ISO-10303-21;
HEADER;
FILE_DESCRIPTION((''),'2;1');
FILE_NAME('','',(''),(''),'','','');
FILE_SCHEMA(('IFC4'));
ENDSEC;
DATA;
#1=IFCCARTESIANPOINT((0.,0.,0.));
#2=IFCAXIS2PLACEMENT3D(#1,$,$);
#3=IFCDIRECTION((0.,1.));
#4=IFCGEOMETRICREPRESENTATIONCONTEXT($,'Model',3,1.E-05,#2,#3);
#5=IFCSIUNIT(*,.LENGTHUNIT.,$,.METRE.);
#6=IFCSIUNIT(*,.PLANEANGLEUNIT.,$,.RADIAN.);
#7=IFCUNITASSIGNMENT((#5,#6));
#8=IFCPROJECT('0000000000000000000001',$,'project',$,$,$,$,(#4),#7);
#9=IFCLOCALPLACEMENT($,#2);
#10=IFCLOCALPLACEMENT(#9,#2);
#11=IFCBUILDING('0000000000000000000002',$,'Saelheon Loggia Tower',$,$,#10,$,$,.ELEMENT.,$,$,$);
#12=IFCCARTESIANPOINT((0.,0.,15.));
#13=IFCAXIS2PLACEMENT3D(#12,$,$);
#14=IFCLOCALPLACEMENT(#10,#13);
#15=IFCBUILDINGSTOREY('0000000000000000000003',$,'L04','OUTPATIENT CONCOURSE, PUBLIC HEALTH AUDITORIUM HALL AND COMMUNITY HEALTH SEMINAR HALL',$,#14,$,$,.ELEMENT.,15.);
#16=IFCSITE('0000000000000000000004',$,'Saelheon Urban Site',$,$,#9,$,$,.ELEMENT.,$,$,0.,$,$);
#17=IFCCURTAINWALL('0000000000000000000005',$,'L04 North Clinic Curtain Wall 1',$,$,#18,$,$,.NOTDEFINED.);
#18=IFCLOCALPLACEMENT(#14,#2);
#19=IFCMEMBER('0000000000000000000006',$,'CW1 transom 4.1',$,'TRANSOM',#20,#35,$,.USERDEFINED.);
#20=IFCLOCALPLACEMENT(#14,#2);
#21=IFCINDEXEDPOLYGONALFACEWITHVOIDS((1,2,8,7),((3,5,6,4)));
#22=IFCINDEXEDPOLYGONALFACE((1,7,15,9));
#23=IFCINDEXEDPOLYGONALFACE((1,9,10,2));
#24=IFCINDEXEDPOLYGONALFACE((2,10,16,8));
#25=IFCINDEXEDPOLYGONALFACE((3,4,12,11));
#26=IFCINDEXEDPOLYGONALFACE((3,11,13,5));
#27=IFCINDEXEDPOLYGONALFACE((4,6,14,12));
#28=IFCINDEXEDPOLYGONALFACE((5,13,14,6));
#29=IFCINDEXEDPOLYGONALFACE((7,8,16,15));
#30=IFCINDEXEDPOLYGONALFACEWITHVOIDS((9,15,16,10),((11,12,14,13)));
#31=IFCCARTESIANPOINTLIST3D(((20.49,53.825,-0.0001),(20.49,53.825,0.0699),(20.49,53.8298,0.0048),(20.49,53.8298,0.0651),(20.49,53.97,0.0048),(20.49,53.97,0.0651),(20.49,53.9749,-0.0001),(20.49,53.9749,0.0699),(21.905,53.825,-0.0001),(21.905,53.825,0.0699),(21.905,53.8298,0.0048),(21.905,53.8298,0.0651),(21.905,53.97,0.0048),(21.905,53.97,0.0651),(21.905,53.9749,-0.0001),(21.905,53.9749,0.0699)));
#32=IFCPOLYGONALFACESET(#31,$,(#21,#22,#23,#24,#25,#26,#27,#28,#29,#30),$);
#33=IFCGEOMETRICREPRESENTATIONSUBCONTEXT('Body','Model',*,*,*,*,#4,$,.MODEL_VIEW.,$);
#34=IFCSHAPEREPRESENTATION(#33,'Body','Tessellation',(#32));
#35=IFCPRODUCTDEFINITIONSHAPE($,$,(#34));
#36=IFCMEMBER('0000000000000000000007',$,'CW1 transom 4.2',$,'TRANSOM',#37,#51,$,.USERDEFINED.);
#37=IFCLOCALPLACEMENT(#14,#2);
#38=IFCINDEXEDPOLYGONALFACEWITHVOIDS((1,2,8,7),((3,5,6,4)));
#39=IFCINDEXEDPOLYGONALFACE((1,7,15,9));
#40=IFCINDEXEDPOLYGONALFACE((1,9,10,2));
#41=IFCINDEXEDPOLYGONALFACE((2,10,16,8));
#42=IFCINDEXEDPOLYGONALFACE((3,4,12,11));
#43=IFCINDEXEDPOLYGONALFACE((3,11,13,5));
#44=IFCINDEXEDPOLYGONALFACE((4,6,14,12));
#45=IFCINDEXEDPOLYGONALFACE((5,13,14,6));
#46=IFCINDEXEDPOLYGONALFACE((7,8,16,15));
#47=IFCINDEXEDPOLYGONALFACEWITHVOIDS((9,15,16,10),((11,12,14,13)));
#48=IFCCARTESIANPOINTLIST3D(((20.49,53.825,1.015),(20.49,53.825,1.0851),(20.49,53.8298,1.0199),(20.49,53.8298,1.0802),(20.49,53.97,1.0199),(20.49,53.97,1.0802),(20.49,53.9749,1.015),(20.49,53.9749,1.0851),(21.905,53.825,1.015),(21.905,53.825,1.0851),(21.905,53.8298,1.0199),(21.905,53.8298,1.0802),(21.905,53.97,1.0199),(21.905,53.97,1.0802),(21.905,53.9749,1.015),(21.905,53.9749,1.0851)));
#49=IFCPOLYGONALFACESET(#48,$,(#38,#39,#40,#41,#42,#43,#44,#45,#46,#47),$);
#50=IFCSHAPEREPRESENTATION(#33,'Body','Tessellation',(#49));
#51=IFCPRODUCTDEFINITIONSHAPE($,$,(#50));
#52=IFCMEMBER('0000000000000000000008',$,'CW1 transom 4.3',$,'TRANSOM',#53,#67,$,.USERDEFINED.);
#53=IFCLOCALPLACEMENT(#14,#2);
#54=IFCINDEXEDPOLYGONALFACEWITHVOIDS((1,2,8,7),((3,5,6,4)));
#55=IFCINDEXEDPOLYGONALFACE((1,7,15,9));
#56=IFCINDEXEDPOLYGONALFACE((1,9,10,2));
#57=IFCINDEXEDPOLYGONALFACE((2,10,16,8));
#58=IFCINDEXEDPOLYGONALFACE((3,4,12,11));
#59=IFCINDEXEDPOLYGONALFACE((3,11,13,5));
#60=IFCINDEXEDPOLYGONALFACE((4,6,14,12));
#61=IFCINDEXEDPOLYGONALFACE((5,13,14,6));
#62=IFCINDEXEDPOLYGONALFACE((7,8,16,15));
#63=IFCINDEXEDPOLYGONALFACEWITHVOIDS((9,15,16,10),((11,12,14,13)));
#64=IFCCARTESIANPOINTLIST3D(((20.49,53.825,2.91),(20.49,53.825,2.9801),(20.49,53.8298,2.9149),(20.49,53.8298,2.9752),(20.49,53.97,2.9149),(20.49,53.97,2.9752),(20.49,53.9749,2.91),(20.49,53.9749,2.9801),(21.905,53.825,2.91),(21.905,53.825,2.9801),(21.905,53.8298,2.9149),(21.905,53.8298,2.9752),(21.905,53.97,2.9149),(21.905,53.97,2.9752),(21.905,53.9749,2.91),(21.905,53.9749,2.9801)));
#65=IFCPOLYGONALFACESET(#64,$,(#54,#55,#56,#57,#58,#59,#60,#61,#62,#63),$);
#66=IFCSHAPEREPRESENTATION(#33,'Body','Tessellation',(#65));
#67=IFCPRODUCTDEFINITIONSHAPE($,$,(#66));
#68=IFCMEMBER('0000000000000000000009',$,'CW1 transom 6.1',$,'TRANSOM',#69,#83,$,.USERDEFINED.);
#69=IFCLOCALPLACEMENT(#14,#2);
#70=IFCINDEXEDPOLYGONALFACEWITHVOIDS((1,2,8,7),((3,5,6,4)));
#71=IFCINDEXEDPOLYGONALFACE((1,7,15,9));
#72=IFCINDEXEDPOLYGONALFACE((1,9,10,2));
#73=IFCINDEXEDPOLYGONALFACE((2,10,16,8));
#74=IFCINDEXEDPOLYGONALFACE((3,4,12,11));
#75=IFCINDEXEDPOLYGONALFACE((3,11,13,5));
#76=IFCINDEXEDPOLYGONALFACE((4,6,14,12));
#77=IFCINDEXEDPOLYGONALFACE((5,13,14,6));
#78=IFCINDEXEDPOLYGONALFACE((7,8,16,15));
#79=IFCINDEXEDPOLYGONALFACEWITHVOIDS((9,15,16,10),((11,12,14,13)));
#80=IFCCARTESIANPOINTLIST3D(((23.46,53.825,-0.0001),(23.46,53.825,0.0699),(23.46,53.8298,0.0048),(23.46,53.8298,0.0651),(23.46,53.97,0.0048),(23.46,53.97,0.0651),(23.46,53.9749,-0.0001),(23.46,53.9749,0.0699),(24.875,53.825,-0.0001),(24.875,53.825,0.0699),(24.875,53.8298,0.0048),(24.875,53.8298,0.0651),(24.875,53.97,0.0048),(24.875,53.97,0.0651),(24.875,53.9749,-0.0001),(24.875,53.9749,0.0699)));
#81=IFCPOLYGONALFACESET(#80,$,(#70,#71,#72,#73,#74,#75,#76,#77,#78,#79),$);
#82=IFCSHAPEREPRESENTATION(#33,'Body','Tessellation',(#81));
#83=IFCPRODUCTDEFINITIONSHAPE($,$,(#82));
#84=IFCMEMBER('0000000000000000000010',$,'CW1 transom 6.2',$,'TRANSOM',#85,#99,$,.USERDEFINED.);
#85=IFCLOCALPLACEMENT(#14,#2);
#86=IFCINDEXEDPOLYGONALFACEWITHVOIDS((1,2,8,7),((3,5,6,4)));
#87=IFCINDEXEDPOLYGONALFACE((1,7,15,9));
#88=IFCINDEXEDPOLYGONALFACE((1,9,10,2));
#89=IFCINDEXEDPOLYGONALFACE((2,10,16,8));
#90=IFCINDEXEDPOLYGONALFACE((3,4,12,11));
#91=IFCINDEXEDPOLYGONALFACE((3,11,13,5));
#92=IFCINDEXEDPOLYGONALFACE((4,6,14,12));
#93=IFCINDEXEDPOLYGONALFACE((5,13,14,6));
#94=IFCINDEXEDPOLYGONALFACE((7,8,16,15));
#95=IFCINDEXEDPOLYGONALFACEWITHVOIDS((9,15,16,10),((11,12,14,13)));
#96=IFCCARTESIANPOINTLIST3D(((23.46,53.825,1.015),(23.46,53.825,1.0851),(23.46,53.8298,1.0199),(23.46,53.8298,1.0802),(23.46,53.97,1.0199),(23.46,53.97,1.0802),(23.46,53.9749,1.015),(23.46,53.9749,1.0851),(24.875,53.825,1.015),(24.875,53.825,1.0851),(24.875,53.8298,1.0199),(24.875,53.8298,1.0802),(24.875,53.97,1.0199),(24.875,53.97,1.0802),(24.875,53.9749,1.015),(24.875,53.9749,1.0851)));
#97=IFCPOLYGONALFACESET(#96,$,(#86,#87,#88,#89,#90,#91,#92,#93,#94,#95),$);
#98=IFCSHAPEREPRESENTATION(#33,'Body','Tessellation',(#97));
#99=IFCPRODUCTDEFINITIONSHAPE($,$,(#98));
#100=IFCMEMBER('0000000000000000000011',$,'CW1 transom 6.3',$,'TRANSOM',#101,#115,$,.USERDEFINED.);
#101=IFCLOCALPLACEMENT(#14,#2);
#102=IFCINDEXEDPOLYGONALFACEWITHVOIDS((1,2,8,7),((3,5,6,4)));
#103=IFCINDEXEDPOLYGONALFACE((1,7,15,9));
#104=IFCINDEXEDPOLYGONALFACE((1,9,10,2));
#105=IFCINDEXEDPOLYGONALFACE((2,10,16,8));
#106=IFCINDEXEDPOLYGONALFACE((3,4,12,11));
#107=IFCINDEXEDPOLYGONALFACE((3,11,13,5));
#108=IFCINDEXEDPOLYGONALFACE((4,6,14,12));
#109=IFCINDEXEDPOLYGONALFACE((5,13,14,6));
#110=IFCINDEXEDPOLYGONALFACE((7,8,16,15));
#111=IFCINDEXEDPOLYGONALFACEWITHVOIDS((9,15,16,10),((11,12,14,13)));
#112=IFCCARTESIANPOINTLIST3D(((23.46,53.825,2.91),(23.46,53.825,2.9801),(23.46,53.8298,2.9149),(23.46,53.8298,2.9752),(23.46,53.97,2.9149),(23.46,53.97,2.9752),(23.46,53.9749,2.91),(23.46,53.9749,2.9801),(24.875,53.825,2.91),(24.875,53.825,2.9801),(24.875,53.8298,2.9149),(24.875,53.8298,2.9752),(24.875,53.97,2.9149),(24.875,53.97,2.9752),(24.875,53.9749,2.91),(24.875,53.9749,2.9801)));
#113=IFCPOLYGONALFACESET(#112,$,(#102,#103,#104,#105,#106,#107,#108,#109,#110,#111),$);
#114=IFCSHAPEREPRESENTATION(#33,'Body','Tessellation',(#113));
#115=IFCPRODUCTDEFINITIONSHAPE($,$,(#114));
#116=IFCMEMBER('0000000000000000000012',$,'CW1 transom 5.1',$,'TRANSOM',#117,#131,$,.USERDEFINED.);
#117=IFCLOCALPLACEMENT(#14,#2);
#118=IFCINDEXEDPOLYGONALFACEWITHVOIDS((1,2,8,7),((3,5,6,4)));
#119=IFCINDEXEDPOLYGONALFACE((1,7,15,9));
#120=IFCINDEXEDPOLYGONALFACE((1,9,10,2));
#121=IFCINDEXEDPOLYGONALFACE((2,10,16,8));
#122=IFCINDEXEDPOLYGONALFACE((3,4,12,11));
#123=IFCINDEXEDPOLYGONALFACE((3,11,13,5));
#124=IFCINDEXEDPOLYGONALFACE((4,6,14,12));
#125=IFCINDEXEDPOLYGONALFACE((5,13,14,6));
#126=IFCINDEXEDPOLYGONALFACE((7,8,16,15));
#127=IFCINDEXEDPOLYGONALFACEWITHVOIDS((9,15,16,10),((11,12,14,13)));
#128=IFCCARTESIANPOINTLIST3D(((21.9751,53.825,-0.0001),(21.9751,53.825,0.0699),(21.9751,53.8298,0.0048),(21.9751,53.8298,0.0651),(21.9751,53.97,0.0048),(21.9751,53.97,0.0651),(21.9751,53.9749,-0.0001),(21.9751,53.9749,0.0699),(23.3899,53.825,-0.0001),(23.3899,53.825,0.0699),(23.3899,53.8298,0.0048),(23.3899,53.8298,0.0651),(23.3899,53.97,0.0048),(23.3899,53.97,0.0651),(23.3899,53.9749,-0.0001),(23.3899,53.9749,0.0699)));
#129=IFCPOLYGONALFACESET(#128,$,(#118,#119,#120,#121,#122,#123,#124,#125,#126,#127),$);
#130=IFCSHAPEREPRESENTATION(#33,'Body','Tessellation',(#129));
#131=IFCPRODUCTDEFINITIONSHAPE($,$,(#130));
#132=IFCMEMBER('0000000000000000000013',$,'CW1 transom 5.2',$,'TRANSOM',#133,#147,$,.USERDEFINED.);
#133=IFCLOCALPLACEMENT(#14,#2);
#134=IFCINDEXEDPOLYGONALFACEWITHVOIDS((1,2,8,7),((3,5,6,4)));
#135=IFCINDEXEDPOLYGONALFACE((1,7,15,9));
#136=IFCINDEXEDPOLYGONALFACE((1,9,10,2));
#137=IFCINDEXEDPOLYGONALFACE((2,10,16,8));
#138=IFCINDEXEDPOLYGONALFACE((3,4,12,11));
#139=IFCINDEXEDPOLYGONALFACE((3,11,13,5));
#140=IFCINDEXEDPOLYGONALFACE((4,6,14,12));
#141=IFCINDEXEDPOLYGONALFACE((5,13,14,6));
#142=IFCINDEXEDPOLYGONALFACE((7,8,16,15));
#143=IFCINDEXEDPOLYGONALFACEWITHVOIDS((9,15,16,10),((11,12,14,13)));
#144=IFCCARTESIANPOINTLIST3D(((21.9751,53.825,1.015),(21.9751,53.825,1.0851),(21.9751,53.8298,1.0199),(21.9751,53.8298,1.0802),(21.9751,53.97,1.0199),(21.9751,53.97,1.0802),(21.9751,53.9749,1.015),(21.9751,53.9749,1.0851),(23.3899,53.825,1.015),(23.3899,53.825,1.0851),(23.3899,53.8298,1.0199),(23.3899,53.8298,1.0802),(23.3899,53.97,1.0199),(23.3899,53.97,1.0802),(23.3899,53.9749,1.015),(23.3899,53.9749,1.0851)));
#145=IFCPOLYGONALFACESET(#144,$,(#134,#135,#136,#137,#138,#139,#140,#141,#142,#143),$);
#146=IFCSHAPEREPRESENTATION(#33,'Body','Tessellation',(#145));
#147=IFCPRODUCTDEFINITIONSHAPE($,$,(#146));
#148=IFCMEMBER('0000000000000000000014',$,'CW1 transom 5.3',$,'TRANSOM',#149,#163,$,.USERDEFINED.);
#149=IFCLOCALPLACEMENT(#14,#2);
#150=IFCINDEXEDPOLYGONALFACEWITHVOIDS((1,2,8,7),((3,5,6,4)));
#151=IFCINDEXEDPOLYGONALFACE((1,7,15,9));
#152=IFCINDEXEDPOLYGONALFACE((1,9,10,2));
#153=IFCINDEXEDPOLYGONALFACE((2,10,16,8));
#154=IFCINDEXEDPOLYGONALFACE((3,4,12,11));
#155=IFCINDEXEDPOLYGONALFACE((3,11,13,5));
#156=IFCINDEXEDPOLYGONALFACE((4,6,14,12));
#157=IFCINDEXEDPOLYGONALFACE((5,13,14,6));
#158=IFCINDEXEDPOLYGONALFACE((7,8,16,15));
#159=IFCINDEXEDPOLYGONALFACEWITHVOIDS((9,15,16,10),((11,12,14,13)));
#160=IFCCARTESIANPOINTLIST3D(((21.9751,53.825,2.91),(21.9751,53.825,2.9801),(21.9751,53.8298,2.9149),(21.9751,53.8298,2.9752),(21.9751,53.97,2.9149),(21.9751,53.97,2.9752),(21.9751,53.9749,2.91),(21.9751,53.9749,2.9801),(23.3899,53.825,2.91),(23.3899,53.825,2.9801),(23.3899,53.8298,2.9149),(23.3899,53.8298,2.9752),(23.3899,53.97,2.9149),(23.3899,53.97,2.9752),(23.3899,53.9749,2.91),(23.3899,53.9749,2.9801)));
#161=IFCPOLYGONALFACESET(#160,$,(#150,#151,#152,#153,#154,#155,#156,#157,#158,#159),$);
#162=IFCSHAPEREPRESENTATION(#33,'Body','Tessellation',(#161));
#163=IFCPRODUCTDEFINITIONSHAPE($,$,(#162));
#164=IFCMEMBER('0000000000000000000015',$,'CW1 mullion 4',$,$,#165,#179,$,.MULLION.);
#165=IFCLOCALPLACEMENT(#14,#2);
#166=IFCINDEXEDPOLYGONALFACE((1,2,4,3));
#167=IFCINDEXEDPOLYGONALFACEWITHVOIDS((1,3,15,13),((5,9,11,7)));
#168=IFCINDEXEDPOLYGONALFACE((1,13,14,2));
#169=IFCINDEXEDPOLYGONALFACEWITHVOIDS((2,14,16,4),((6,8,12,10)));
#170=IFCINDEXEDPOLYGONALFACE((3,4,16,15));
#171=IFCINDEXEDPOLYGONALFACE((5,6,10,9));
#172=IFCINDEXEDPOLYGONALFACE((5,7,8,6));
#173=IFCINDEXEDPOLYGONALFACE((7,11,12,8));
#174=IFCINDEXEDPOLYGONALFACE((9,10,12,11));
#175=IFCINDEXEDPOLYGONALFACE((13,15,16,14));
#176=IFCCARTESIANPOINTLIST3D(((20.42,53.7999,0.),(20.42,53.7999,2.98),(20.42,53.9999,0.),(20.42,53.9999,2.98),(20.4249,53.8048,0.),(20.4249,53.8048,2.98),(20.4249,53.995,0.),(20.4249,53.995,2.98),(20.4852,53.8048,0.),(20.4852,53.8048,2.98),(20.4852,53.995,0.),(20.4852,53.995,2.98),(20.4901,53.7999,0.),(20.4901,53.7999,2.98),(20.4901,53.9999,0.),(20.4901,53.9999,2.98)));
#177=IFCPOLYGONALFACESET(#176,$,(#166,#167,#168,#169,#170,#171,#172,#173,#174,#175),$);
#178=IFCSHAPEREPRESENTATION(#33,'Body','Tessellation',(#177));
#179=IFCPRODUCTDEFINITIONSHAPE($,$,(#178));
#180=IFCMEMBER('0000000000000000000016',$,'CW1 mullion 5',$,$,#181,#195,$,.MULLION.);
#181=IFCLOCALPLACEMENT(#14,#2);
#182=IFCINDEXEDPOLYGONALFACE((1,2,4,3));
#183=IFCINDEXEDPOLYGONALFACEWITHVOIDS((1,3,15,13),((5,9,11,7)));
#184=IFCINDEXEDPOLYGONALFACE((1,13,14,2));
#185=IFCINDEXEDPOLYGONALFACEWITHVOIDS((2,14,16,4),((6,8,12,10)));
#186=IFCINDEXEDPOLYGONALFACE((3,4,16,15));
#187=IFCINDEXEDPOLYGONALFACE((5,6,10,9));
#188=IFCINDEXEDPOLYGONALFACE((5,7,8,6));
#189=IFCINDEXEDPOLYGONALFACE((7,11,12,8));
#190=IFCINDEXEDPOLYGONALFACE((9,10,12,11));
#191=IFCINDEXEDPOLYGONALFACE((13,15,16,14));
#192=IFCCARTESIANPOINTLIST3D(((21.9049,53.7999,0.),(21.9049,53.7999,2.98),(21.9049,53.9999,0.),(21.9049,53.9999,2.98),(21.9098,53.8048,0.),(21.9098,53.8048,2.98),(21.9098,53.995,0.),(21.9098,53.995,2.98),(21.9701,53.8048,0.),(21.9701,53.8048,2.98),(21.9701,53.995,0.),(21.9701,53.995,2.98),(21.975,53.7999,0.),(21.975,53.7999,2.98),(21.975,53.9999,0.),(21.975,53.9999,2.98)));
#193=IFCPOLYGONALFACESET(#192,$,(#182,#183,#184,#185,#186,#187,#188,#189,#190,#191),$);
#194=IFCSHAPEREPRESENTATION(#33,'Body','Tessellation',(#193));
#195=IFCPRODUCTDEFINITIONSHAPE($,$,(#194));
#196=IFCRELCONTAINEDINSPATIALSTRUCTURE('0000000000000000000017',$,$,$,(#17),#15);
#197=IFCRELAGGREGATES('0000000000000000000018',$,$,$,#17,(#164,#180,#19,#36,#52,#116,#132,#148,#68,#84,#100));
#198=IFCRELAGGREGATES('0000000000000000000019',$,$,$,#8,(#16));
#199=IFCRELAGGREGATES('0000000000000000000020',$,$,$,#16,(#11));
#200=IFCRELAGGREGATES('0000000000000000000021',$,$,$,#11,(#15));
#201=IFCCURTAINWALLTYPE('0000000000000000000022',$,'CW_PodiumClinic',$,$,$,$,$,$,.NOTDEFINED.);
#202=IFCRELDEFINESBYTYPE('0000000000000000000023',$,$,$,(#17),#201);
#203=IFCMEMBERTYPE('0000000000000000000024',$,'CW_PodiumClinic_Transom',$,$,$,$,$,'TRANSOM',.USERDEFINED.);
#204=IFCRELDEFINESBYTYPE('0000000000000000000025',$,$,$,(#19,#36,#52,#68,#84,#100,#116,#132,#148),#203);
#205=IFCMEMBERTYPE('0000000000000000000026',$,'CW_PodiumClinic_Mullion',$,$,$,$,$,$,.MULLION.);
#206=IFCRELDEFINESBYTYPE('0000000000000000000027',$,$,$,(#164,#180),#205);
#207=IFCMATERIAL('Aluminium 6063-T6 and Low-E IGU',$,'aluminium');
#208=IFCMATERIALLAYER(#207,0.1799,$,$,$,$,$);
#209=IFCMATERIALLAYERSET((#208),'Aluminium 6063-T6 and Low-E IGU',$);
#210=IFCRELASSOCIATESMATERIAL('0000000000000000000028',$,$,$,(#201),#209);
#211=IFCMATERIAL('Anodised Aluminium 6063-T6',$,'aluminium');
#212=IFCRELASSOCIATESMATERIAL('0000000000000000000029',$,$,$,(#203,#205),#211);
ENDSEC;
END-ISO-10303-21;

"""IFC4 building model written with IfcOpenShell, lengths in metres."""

from ifc_helpers import new_model, si_unit, direction, frame, origin, origin_2d, place, context, subcontext, project, spatial, hollow_rectangle, extrude, source, transform, mapped, material, layer, layer_set, material_profile, profile_set, type_object, element, aggregate, save


model = new_model("IFC4")

# Units and contexts
model_context = context("Model", 3, precision=1e-05, world=origin(), true_north=direction((0.0, 1.0)))
body_context = subcontext(model_context, "Body", "Model", "MODEL_VIEW")
ifc_project = project(units=[si_unit("LENGTHUNIT", "METRE"), si_unit("PLANEANGLEUNIT", "RADIAN")], contexts=[model_context])

# Site, building, storey
site_placement = place(None, origin())
site = spatial("IfcSite", under=ifc_project, at=site_placement, Name="Saelheon Urban Site", CompositionType="ELEMENT", RefElevation=0.0)
building_placement = place(site_placement, origin())
building = spatial("IfcBuilding", under=site, at=building_placement, Name="Saelheon Loggia Tower", CompositionType="ELEMENT")
storey_placement = place(building_placement, frame((0.0, 0.0, 15.0)))
storey = spatial("IfcBuildingStorey", under=building, at=storey_placement, Name="L04", Description="OUTPATIENT CONCOURSE, PUBLIC HEALTH AUDITORIUM HALL AND COMMUNITY HEALTH SEMINAR HALL", CompositionType="ELEMENT", Elevation=15.0)

# Curtain wall, members
ifc_material_1 = material(Name="Aluminium 6063-T6 and Low-E IGU", Category="aluminium")
ifc_layer_1 = layer(ifc_material_1, 0.1799)
ifc_layer_set_1 = layer_set([ifc_layer_1], Name="Aluminium 6063-T6 and Low-E IGU")
curtain_wall_type = type_object("IfcCurtainWallType", Name="CW_PodiumClinic", PredefinedType="NOTDEFINED", material=ifc_layer_set_1)
curtain_wall_placement = place(storey_placement, origin())
curtain_wall = element("IfcCurtainWall", 1, at=curtain_wall_placement, inside=storey, type_object=curtain_wall_type, Name="L04 North Clinic Curtain Wall 1", PredefinedType="NOTDEFINED")
ifc_material_2 = material(Name="Anodised Aluminium 6063-T6", Category="aluminium")
ifc_material_profile_1 = material_profile(ifc_material_2, hollow_rectangle(XDim=0.0701, YDim=0.1499, WallThickness=0.0049, at=origin_2d()), Name="RHS-150x70x5")
ifc_profile_set_1 = profile_set([ifc_material_profile_1], Name="Anodised Aluminium 6063-T6")
member_type_1 = type_object("IfcMemberType", Name="CW_PodiumClinic_Transom", ElementType="TRANSOM", PredefinedType="USERDEFINED", material=ifc_profile_set_1)
shared_shape_1 = source(origin(), body_context, "Body", "SweptSolid", [
    extrude(hollow_rectangle(XDim=0.0701, YDim=0.1499, WallThickness=0.0049, at=origin_2d()), origin(), (0.0, 0.0, 1.0), 1.415),
])
member_1_placement = place(storey_placement, frame((20.49, 53.8999, 0.0349), z_axis=(1.0, 0.0, 0.0), x_axis=(0.0, 0.0, 1.0)))
member_1 = element("IfcMember", 2, at=member_1_placement, type_object=member_type_1, Name="CW1 transom 4.1", ObjectType="TRANSOM", PredefinedType="USERDEFINED", context=body_context, shape_type="MappedRepresentation", body=[
    mapped(shared_shape_1, transform((0.0, 0.0, 0.0), scale=1.0)),
])
member_2_placement = place(storey_placement, frame((20.49, 53.8999, 1.05), z_axis=(1.0, 0.0, 0.0), x_axis=(0.0, 0.0, 1.0)))
member_2 = element("IfcMember", 3, at=member_2_placement, type_object=member_type_1, Name="CW1 transom 4.2", ObjectType="TRANSOM", PredefinedType="USERDEFINED", context=body_context, shape_type="MappedRepresentation", body=[
    mapped(shared_shape_1, transform((0.0, 0.0, 0.0), scale=1.0)),
])
member_3_placement = place(storey_placement, frame((20.49, 53.8999, 2.9451), z_axis=(1.0, 0.0, 0.0), x_axis=(0.0, 0.0, 1.0)))
member_3 = element("IfcMember", 4, at=member_3_placement, type_object=member_type_1, Name="CW1 transom 4.3", ObjectType="TRANSOM", PredefinedType="USERDEFINED", context=body_context, shape_type="MappedRepresentation", body=[
    mapped(shared_shape_1, transform((0.0, 0.0, 0.0), scale=1.0)),
])
member_4_placement = place(storey_placement, frame((23.46, 53.8999, 0.0349), z_axis=(1.0, 0.0, 0.0), x_axis=(0.0, 0.0, 1.0)))
member_4 = element("IfcMember", 5, at=member_4_placement, type_object=member_type_1, Name="CW1 transom 6.1", ObjectType="TRANSOM", PredefinedType="USERDEFINED", context=body_context, shape_type="MappedRepresentation", body=[
    mapped(shared_shape_1, transform((0.0, 0.0, 0.0), scale=1.0)),
])
member_5_placement = place(storey_placement, frame((23.46, 53.8999, 1.05), z_axis=(1.0, 0.0, 0.0), x_axis=(0.0, 0.0, 1.0)))
member_5 = element("IfcMember", 6, at=member_5_placement, type_object=member_type_1, Name="CW1 transom 6.2", ObjectType="TRANSOM", PredefinedType="USERDEFINED", context=body_context, shape_type="MappedRepresentation", body=[
    mapped(shared_shape_1, transform((0.0, 0.0, 0.0), scale=1.0)),
])
member_6_placement = place(storey_placement, frame((23.46, 53.8999, 2.9451), z_axis=(1.0, 0.0, 0.0), x_axis=(0.0, 0.0, 1.0)))
member_6 = element("IfcMember", 7, at=member_6_placement, type_object=member_type_1, Name="CW1 transom 6.3", ObjectType="TRANSOM", PredefinedType="USERDEFINED", context=body_context, shape_type="MappedRepresentation", body=[
    mapped(shared_shape_1, transform((0.0, 0.0, 0.0), scale=1.0)),
])
shared_shape_2 = source(origin(), body_context, "Body", "SweptSolid", [
    extrude(hollow_rectangle(XDim=0.0701, YDim=0.1499, WallThickness=0.0049, at=origin_2d()), origin(), (0.0, 0.0, 1.0), 1.4148),
])
member_7_placement = place(storey_placement, frame((21.9751, 53.8999, 0.0349), z_axis=(1.0, 0.0, 0.0), x_axis=(0.0, 0.0, 1.0)))
member_7 = element("IfcMember", 8, at=member_7_placement, type_object=member_type_1, Name="CW1 transom 5.1", ObjectType="TRANSOM", PredefinedType="USERDEFINED", context=body_context, shape_type="MappedRepresentation", body=[
    mapped(shared_shape_2, transform((0.0, 0.0, 0.0), scale=1.0)),
])
member_8_placement = place(storey_placement, frame((21.9751, 53.8999, 1.05), z_axis=(1.0, 0.0, 0.0), x_axis=(0.0, 0.0, 1.0)))
member_8 = element("IfcMember", 9, at=member_8_placement, type_object=member_type_1, Name="CW1 transom 5.2", ObjectType="TRANSOM", PredefinedType="USERDEFINED", context=body_context, shape_type="MappedRepresentation", body=[
    mapped(shared_shape_2, transform((0.0, 0.0, 0.0), scale=1.0)),
])
member_9_placement = place(storey_placement, frame((21.9751, 53.8999, 2.9451), z_axis=(1.0, 0.0, 0.0), x_axis=(0.0, 0.0, 1.0)))
member_9 = element("IfcMember", 10, at=member_9_placement, type_object=member_type_1, Name="CW1 transom 5.3", ObjectType="TRANSOM", PredefinedType="USERDEFINED", context=body_context, shape_type="MappedRepresentation", body=[
    mapped(shared_shape_2, transform((0.0, 0.0, 0.0), scale=1.0)),
])
ifc_material_profile_2 = material_profile(ifc_material_2, hollow_rectangle(XDim=0.0701, YDim=0.2, WallThickness=0.0049, at=origin_2d()), Name="RHS-200x70x5")
ifc_profile_set_2 = profile_set([ifc_material_profile_2], Name="Anodised Aluminium 6063-T6")
member_type_2 = type_object("IfcMemberType", Name="CW_PodiumClinic_Mullion", PredefinedType="MULLION", material=ifc_profile_set_2)
shared_shape_3 = source(origin(), body_context, "Body", "SweptSolid", [
    extrude(hollow_rectangle(XDim=0.0701, YDim=0.2, WallThickness=0.0049, at=origin_2d()), origin(), (0.0, 0.0, 1.0), 2.98),
])
member_10_placement = place(storey_placement, frame((20.4551, 53.8999, 0.0), z_axis=(0.0, 0.0, 1.0), x_axis=(1.0, 0.0, 0.0)))
member_10 = element("IfcMember", 11, at=member_10_placement, type_object=member_type_2, Name="CW1 mullion 4", PredefinedType="MULLION", context=body_context, shape_type="MappedRepresentation", body=[
    mapped(shared_shape_3, transform((0.0, 0.0, 0.0), scale=1.0)),
])
member_11_placement = place(storey_placement, frame((21.9399, 53.8999, 0.0), z_axis=(0.0, 0.0, 1.0), x_axis=(1.0, 0.0, 0.0)))
member_11 = element("IfcMember", 12, at=member_11_placement, type_object=member_type_2, Name="CW1 mullion 5", PredefinedType="MULLION", context=body_context, shape_type="MappedRepresentation", body=[
    mapped(shared_shape_3, transform((0.0, 0.0, 0.0), scale=1.0)),
])
aggregate(curtain_wall, [member_10, member_11, member_1, member_2, member_3, member_7, member_8, member_9, member_4, member_5, member_6])

save(model, "model.ifc")
